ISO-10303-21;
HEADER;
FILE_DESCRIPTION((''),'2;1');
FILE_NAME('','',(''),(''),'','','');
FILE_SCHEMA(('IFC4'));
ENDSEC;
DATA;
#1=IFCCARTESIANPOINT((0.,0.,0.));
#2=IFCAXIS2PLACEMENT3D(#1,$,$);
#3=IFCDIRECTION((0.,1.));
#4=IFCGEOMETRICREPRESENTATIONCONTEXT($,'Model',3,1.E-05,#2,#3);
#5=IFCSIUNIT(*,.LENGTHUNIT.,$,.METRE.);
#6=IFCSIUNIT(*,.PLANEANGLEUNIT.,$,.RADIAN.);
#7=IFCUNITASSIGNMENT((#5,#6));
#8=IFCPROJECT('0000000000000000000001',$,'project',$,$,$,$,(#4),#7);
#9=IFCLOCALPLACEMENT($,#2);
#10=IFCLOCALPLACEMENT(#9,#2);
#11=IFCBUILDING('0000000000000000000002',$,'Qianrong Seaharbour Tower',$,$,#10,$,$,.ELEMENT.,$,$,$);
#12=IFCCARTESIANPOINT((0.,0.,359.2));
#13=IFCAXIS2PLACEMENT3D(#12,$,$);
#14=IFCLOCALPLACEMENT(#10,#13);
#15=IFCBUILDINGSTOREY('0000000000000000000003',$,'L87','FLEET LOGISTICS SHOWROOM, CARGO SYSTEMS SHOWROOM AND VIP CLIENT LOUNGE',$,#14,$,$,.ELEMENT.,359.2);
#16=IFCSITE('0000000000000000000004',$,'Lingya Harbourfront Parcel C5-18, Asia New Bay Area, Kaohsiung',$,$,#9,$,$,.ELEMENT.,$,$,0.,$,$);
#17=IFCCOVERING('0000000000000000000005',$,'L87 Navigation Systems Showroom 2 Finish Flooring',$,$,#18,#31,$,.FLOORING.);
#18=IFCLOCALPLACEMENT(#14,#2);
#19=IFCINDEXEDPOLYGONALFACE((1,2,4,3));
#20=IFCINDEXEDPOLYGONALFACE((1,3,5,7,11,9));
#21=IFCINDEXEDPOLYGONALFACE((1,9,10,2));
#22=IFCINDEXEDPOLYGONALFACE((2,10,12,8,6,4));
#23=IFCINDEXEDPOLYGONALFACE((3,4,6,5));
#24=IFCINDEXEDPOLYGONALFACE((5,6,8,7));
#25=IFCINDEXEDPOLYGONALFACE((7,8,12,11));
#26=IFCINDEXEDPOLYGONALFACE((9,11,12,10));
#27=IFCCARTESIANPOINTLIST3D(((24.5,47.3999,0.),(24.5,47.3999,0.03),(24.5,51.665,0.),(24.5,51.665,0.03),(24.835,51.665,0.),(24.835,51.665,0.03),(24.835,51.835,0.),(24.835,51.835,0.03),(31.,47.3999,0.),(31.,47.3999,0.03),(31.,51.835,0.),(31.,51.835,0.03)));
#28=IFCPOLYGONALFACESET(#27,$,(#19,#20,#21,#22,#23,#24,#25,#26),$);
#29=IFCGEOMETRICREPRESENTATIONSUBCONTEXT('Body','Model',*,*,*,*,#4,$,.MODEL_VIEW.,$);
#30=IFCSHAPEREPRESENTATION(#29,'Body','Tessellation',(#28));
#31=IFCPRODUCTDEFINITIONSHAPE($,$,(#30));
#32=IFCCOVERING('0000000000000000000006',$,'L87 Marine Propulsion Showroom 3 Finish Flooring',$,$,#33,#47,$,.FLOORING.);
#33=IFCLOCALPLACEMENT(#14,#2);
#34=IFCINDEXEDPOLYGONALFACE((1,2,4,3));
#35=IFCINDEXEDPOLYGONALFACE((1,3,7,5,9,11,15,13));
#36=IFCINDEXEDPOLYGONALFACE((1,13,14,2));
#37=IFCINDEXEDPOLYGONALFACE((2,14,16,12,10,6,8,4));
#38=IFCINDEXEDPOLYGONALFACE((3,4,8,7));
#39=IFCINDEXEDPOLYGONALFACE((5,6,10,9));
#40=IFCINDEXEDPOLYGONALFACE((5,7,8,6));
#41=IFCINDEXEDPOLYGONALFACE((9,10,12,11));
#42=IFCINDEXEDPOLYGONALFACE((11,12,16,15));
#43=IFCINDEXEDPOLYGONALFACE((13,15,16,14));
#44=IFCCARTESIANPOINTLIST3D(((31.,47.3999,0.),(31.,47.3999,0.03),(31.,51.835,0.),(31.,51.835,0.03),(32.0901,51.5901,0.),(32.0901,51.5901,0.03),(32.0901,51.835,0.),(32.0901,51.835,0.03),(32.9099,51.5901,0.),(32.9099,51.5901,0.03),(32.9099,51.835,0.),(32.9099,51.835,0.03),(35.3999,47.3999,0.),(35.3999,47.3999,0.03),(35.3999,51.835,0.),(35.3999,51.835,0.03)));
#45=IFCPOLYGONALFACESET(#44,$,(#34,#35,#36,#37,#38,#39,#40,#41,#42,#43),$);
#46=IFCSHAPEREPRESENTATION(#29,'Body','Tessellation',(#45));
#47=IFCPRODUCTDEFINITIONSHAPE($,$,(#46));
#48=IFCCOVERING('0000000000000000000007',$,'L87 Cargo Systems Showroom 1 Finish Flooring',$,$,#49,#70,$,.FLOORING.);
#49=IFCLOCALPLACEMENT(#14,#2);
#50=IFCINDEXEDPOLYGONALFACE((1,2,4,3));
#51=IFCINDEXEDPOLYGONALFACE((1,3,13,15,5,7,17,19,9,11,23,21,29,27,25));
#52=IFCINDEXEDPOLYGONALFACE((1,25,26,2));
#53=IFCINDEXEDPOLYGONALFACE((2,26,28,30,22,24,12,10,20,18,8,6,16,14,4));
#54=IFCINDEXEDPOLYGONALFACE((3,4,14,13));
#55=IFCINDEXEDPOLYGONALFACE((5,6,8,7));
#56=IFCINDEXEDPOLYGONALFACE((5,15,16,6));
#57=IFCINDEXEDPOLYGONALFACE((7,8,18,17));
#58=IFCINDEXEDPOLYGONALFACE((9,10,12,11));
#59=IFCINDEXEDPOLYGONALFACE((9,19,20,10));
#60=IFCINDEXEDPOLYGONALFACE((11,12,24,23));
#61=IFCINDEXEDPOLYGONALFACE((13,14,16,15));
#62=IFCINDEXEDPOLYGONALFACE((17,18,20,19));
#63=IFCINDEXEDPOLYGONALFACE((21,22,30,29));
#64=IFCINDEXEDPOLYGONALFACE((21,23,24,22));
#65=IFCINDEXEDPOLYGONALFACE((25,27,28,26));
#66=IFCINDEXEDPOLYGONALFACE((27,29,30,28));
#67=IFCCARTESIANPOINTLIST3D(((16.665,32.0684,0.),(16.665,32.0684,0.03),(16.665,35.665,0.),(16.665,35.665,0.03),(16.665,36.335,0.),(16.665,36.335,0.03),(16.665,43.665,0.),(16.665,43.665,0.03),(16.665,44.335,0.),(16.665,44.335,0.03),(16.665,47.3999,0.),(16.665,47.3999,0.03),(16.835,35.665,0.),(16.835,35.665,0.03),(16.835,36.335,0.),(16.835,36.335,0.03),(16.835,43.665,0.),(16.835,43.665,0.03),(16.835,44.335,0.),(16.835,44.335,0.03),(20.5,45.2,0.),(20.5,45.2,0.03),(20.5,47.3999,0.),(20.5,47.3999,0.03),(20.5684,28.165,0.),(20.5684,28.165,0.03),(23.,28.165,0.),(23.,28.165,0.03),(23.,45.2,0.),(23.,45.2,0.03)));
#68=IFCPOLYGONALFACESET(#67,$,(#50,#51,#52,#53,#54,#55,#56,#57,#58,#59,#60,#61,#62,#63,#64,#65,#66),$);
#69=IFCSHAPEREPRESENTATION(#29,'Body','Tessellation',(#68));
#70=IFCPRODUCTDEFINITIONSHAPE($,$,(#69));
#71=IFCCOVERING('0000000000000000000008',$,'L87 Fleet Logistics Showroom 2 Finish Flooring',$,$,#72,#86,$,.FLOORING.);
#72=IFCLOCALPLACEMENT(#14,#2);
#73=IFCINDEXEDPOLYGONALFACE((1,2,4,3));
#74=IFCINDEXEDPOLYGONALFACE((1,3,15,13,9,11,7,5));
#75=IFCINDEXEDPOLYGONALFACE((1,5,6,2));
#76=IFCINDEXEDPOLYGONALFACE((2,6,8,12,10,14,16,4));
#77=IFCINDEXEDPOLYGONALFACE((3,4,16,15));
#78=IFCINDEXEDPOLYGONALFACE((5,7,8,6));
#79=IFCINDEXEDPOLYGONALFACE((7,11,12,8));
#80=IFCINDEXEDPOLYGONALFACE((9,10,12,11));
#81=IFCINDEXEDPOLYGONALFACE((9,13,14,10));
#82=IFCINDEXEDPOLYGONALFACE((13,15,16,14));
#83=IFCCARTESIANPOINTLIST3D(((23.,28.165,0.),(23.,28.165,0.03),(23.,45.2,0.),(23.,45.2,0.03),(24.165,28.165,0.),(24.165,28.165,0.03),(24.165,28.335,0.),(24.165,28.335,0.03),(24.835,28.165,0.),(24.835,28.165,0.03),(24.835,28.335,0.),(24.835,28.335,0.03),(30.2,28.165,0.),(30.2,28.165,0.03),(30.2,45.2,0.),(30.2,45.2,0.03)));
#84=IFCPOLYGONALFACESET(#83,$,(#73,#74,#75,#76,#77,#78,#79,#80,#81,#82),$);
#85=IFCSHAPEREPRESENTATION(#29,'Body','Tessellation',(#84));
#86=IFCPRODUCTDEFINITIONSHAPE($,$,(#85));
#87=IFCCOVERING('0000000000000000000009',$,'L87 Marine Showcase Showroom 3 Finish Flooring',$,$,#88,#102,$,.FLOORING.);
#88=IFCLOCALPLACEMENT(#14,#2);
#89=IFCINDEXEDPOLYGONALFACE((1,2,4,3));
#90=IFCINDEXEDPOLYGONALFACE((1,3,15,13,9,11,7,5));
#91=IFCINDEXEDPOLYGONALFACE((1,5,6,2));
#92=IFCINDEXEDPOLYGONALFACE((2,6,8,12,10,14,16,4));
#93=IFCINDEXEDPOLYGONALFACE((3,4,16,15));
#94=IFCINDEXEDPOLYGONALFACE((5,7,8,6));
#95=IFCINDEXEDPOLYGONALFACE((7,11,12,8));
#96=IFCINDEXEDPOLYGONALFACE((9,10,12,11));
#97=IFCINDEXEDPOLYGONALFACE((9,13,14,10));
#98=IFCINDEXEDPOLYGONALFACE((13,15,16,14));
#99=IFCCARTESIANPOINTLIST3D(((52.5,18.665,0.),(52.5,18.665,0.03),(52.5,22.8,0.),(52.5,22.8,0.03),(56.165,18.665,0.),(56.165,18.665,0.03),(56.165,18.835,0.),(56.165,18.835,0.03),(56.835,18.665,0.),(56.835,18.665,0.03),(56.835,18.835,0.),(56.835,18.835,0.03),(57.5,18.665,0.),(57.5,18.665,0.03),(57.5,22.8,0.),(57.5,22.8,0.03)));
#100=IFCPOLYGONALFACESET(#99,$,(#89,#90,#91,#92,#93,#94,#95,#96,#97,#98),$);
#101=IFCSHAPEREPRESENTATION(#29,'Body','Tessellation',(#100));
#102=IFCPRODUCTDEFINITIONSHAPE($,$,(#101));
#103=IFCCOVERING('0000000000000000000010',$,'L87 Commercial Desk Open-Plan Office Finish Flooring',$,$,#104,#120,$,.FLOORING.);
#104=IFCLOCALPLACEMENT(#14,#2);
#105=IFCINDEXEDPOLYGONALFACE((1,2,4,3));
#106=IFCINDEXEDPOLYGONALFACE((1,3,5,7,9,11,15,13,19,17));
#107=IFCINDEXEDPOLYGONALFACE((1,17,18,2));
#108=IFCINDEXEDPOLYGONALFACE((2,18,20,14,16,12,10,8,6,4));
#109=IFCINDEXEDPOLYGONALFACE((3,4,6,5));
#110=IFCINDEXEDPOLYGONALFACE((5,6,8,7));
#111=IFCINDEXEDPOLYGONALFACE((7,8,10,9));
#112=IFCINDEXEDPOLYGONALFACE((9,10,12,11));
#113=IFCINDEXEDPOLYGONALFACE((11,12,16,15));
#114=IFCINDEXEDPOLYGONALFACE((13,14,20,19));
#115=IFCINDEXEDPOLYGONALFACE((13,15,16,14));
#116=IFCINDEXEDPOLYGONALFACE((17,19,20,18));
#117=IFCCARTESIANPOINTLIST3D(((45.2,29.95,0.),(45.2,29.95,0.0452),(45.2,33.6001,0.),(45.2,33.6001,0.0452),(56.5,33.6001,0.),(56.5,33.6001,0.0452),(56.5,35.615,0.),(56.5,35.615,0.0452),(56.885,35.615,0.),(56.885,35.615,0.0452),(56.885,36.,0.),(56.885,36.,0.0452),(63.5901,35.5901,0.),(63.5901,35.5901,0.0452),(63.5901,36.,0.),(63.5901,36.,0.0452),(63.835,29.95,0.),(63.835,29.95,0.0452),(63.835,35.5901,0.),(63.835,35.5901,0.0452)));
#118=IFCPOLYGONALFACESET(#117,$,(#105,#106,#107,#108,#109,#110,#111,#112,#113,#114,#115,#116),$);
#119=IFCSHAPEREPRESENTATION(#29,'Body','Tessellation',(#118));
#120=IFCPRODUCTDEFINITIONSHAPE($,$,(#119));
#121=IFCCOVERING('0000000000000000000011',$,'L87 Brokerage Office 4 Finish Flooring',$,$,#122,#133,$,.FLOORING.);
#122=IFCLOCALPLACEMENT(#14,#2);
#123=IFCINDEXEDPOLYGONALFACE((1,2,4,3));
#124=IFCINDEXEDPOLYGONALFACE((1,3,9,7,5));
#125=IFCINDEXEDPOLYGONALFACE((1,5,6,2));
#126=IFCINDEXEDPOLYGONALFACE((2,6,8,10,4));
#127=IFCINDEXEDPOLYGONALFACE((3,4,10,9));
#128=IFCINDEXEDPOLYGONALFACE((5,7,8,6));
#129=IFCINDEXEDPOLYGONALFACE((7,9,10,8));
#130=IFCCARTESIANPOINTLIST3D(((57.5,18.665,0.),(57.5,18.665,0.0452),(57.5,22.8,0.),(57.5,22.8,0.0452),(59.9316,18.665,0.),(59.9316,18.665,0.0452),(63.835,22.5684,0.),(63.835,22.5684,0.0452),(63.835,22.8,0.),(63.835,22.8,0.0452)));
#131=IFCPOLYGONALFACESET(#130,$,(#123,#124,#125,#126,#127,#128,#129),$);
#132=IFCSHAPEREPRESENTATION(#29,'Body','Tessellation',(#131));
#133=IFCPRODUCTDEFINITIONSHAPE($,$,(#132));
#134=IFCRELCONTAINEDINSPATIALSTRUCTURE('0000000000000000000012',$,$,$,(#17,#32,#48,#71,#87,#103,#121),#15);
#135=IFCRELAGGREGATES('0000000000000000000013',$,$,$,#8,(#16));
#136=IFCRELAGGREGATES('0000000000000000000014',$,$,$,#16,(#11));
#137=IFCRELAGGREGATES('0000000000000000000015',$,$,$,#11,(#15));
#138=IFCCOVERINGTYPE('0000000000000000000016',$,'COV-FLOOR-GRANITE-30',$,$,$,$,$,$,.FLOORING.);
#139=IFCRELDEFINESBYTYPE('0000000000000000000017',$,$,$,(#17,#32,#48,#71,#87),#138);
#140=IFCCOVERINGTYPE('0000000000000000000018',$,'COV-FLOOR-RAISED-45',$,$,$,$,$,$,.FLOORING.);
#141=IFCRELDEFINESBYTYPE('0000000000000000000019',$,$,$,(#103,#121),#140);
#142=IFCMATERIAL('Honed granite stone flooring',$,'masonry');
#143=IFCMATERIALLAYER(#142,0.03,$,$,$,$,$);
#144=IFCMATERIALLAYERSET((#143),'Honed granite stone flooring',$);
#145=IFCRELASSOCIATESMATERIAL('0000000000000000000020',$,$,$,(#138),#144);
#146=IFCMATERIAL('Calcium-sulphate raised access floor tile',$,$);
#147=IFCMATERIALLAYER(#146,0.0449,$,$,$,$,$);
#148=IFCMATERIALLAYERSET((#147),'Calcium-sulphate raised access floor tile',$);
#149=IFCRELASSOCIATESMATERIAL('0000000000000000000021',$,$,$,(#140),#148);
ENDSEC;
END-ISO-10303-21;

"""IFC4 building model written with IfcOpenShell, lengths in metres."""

from ifc_helpers import new_model, si_unit, direction, frame, origin, place, context, subcontext, project, spatial, polyline, outline, extrude, material, layer, layer_set, type_object, element, save


model = new_model("IFC4")

# Units and contexts
model_context = context("Model", 3, precision=1e-05, world=origin(), true_north=direction((0.0, 1.0)))
body_context = subcontext(model_context, "Body", "Model", "MODEL_VIEW")
ifc_project = project(units=[si_unit("LENGTHUNIT", "METRE"), si_unit("PLANEANGLEUNIT", "RADIAN")], contexts=[model_context])

# Site, building, storey
site_placement = place(None, origin())
site = spatial("IfcSite", under=ifc_project, at=site_placement, Name="Lingya Harbourfront Parcel C5-18, Asia New Bay Area, Kaohsiung", CompositionType="ELEMENT", RefElevation=0.0)
building_placement = place(site_placement, origin())
building = spatial("IfcBuilding", under=site, at=building_placement, Name="Qianrong Seaharbour Tower", CompositionType="ELEMENT")
storey_placement = place(building_placement, frame((0.0, 0.0, 359.2)))
storey = spatial("IfcBuildingStorey", under=building, at=storey_placement, Name="L87", Description="FLEET LOGISTICS SHOWROOM, CARGO SYSTEMS SHOWROOM AND VIP CLIENT LOUNGE", CompositionType="ELEMENT", Elevation=359.2)

# Coverings
ifc_material_1 = material(Name="Honed granite stone flooring", Category="masonry")
ifc_layer_1 = layer(ifc_material_1, 0.03)
ifc_layer_set_1 = layer_set([ifc_layer_1], Name="Honed granite stone flooring")
covering_type_1 = type_object("IfcCoveringType", Name="COV-FLOOR-GRANITE-30", PredefinedType="FLOORING", material=ifc_layer_set_1)
covering_1_placement = place(storey_placement, origin())
element("IfcCovering", 1, at=covering_1_placement, inside=storey, type_object=covering_type_1, Name="L87 Navigation Systems Showroom 2 Finish Flooring", PredefinedType="FLOORING", context=body_context, shape_type="SweptSolid", body=[
    extrude(outline(polyline([(24.5, 51.665), (24.835, 51.665), (24.835, 51.835), (31.0, 51.835), (31.0, 47.3999), (24.5, 47.3999), (24.5, 51.665)])), origin(), (0.0, 0.0, 1.0), 0.03),
])
covering_2_placement = place(storey_placement, origin())
element("IfcCovering", 2, at=covering_2_placement, inside=storey, type_object=covering_type_1, Name="L87 Marine Propulsion Showroom 3 Finish Flooring", PredefinedType="FLOORING", context=body_context, shape_type="SweptSolid", body=[
    extrude(outline(polyline([(31.0, 51.835), (32.0901, 51.835), (32.0901, 51.5901), (32.9099, 51.5901), (32.9099, 51.835), (35.3999, 51.835), (35.3999, 47.3999), (31.0, 47.3999), (31.0, 51.835)])), origin(), (0.0, 0.0, 1.0), 0.03),
])
covering_3_placement = place(storey_placement, origin())
element("IfcCovering", 3, at=covering_3_placement, inside=storey, type_object=covering_type_1, Name="L87 Cargo Systems Showroom 1 Finish Flooring", PredefinedType="FLOORING", context=body_context, shape_type="SweptSolid", body=[
    extrude(outline(polyline([(20.5684, 28.165), (16.665, 32.0684), (16.665, 35.665), (16.835, 35.665), (16.835, 36.335), (16.665, 36.335), (16.665, 43.665), (16.835, 43.665), (16.835, 44.335), (16.665, 44.335), (16.665, 47.3999), (20.5, 47.3999), (20.5, 45.2), (23.0, 45.2), (23.0, 28.165), (20.5684, 28.165)])), origin(), (0.0, 0.0, 1.0), 0.03),
])
covering_4_placement = place(storey_placement, origin())
element("IfcCovering", 4, at=covering_4_placement, inside=storey, type_object=covering_type_1, Name="L87 Fleet Logistics Showroom 2 Finish Flooring", PredefinedType="FLOORING", context=body_context, shape_type="SweptSolid", body=[
    extrude(outline(polyline([(24.835, 28.165), (24.835, 28.335), (24.165, 28.335), (24.165, 28.165), (23.0, 28.165), (23.0, 45.2), (30.2, 45.2), (30.2, 28.165), (24.835, 28.165)])), origin(), (0.0, 0.0, 1.0), 0.03),
])
covering_5_placement = place(storey_placement, origin())
element("IfcCovering", 5, at=covering_5_placement, inside=storey, type_object=covering_type_1, Name="L87 Marine Showcase Showroom 3 Finish Flooring", PredefinedType="FLOORING", context=body_context, shape_type="SweptSolid", body=[
    extrude(outline(polyline([(57.5, 18.665), (56.835, 18.665), (56.835, 18.835), (56.165, 18.835), (56.165, 18.665), (52.5, 18.665), (52.5, 22.8), (57.5, 22.8), (57.5, 18.665)])), origin(), (0.0, 0.0, 1.0), 0.03),
])
ifc_material_2 = material(Name="Calcium-sulphate raised access floor tile")
ifc_layer_2 = layer(ifc_material_2, 0.0449)
ifc_layer_set_2 = layer_set([ifc_layer_2], Name="Calcium-sulphate raised access floor tile")
covering_type_2 = type_object("IfcCoveringType", Name="COV-FLOOR-RAISED-45", PredefinedType="FLOORING", material=ifc_layer_set_2)
covering_6_placement = place(storey_placement, origin())
element("IfcCovering", 6, at=covering_6_placement, inside=storey, type_object=covering_type_2, Name="L87 Commercial Desk Open-Plan Office Finish Flooring", PredefinedType="FLOORING", context=body_context, shape_type="SweptSolid", body=[
    extrude(outline(polyline([(56.5, 33.6001), (56.5, 35.615), (56.885, 35.615), (56.885, 36.0), (63.5901, 36.0), (63.5901, 35.5901), (63.835, 35.5901), (63.835, 29.95), (45.2, 29.95), (45.2, 33.6001), (56.5, 33.6001)])), origin(), (0.0, 0.0, 1.0), 0.0452),
])
covering_7_placement = place(storey_placement, origin())
element("IfcCovering", 7, at=covering_7_placement, inside=storey, type_object=covering_type_2, Name="L87 Brokerage Office 4 Finish Flooring", PredefinedType="FLOORING", context=body_context, shape_type="SweptSolid", body=[
    extrude(outline(polyline([(63.835, 22.5684), (59.9316, 18.665), (57.5, 18.665), (57.5, 22.8), (63.835, 22.8), (63.835, 22.5684)])), origin(), (0.0, 0.0, 1.0), 0.0452),
])

save(model, "model.ifc")
